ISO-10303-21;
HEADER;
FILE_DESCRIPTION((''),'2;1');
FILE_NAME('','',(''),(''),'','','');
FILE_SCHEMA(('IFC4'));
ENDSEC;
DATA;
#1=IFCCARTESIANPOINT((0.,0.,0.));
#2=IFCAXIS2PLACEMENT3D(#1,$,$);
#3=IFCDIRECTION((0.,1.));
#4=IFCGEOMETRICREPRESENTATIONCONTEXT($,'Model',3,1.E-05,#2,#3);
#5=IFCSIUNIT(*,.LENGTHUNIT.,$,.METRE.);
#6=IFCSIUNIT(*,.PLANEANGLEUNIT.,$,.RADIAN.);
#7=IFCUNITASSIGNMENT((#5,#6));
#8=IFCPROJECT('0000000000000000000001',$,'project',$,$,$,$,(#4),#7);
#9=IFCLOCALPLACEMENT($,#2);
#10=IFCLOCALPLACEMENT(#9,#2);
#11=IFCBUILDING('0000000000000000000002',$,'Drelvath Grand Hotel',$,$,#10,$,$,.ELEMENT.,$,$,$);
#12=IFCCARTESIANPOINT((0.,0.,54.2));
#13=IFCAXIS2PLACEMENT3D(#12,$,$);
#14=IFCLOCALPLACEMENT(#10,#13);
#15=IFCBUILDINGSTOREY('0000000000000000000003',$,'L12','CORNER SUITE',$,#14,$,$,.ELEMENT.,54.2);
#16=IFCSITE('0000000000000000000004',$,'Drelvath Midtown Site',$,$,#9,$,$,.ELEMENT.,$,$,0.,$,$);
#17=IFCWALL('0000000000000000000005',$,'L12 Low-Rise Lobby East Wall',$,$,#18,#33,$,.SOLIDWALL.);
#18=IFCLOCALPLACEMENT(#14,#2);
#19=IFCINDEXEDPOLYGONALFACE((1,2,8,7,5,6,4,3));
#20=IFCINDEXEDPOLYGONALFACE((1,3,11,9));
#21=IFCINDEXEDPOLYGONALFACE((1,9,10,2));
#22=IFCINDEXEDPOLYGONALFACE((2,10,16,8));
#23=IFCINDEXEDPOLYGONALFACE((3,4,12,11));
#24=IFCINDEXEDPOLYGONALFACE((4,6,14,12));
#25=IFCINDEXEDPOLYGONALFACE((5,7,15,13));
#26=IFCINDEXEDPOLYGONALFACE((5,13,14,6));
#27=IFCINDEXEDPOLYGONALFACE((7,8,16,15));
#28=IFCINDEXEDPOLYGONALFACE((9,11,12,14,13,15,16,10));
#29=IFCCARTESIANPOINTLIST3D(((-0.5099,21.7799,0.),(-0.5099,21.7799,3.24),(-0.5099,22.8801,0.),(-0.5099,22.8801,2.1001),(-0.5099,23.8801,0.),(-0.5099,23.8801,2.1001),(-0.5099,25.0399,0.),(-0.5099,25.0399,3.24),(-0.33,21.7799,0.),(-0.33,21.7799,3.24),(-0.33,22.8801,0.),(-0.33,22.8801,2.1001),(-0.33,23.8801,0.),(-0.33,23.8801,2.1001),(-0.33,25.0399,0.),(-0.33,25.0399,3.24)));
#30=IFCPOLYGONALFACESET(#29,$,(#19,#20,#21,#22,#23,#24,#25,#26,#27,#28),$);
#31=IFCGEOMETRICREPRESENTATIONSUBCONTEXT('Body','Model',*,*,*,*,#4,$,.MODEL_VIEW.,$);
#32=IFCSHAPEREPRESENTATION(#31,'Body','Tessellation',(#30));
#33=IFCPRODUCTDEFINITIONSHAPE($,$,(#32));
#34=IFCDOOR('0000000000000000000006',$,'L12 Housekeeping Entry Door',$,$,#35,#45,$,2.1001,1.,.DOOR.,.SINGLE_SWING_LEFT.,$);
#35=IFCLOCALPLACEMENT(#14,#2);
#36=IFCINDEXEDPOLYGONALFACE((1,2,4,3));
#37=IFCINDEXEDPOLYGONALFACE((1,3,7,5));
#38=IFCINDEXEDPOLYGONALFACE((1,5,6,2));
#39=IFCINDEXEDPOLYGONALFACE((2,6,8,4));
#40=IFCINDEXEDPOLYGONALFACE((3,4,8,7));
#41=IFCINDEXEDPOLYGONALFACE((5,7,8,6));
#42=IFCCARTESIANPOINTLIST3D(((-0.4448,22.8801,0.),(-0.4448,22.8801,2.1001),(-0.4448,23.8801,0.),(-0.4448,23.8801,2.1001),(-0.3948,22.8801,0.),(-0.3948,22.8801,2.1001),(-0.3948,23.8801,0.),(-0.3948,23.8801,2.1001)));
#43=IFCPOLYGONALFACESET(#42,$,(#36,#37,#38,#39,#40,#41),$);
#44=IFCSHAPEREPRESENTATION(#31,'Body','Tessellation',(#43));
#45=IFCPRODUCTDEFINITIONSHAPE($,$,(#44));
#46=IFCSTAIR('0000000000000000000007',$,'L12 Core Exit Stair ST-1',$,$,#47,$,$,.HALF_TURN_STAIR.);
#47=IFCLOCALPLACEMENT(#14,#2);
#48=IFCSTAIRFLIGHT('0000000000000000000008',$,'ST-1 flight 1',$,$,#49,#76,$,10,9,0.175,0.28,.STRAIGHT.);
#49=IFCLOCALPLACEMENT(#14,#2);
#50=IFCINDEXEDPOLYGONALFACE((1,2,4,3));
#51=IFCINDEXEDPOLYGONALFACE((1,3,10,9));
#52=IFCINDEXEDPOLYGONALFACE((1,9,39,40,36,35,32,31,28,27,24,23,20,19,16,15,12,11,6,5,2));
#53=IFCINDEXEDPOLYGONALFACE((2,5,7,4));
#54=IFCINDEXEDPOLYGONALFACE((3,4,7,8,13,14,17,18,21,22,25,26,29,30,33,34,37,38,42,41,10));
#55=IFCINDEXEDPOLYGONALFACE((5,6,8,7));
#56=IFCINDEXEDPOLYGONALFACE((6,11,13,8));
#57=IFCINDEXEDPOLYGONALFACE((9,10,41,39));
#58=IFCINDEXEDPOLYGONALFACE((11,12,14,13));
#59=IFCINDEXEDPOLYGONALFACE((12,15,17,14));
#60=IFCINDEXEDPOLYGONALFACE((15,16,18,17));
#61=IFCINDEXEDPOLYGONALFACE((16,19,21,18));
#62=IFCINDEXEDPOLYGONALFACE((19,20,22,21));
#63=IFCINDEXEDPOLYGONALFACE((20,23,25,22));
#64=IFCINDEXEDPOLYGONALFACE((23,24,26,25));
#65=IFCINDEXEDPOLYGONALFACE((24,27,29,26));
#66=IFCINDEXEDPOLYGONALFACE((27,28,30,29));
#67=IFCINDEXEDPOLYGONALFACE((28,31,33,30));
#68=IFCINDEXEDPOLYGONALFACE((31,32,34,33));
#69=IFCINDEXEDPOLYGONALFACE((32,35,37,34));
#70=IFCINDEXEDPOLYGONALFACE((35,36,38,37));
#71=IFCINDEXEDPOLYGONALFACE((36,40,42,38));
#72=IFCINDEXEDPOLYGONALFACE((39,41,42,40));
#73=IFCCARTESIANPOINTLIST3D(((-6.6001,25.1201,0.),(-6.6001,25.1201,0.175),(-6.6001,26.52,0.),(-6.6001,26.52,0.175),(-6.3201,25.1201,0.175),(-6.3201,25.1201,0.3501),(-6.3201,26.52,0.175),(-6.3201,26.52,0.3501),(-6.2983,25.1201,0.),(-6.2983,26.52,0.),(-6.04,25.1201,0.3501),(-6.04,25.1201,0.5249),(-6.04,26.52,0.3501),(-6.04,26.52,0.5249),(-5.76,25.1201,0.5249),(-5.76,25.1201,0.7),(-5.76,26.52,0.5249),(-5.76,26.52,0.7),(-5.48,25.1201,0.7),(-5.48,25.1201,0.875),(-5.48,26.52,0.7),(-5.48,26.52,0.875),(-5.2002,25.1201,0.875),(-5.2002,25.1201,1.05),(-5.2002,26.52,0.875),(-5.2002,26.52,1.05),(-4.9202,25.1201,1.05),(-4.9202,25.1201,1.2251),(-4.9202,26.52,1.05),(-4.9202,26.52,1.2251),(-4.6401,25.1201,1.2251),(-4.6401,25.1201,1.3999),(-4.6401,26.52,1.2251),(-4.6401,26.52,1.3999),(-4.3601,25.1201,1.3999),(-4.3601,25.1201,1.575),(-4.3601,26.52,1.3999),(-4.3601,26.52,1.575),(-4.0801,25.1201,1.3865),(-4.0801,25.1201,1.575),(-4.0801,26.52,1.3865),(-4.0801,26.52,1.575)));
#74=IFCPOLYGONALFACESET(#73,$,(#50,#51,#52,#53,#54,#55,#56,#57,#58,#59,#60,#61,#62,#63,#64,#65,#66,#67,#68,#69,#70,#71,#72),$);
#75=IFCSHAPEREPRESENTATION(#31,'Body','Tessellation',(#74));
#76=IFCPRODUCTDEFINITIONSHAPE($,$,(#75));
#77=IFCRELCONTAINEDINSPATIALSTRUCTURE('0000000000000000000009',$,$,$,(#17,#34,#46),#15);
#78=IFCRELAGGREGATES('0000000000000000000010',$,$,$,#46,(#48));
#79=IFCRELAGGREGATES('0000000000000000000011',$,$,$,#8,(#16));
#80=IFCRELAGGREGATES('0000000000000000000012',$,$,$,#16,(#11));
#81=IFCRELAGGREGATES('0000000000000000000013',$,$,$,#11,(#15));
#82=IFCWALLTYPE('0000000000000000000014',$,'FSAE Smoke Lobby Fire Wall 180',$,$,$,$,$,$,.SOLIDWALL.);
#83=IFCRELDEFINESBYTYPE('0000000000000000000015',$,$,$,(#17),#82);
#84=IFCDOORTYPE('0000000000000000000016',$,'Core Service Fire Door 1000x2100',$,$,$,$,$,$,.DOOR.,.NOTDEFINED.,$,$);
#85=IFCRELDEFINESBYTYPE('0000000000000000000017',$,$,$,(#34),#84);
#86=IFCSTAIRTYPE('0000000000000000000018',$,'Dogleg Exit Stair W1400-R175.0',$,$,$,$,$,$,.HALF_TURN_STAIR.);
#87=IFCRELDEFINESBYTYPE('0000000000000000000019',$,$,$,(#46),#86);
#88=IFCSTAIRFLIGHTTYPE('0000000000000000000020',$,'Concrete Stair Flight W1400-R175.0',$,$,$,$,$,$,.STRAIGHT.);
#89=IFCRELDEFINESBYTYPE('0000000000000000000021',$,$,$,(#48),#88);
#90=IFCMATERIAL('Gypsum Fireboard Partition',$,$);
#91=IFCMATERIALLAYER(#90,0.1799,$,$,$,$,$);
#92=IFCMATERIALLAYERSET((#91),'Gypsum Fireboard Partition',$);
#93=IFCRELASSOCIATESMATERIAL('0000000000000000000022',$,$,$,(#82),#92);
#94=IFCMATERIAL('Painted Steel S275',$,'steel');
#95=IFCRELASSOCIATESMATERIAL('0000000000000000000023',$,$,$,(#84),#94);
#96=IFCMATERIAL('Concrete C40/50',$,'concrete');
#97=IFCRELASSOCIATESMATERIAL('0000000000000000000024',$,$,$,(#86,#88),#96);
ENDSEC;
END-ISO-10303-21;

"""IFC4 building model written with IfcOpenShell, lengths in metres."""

from ifc_helpers import new_model, si_unit, direction, frame, frame_2d, origin, place, context, subcontext, project, spatial, polyline, rectangle, outline, extrude, material, layer, layer_set, type_object, element, fill, aggregate, save


model = new_model("IFC4")

# Units and contexts
model_context = context("Model", 3, precision=1e-05, world=origin(), true_north=direction((0.0, 1.0)))
body_context = subcontext(model_context, "Body", "Model", "MODEL_VIEW")
ifc_project = project(units=[si_unit("LENGTHUNIT", "METRE"), si_unit("PLANEANGLEUNIT", "RADIAN")], contexts=[model_context])

# Site, building, storey
site_placement = place(None, origin())
site = spatial("IfcSite", under=ifc_project, at=site_placement, Name="Drelvath Midtown Site", CompositionType="ELEMENT", RefElevation=0.0)
building_placement = place(site_placement, origin())
building = spatial("IfcBuilding", under=site, at=building_placement, Name="Drelvath Grand Hotel", CompositionType="ELEMENT")
storey_placement = place(building_placement, frame((0.0, 0.0, 54.2)))
storey = spatial("IfcBuildingStorey", under=building, at=storey_placement, Name="L12", Description="CORNER SUITE", CompositionType="ELEMENT", Elevation=54.2)

# Shared definitions
ifc_material_1 = material(Name="Concrete C40/50", Category="concrete")

# Shared definitions
ifc_material_2 = material(Name="Gypsum Fireboard Partition")

# Wall, opening, door
ifc_layer_1 = layer(ifc_material_2, 0.1799)
ifc_layer_set_1 = layer_set([ifc_layer_1], Name="Gypsum Fireboard Partition")
wall_type_1 = type_object("IfcWallType", Name="FSAE Smoke Lobby Fire Wall 180", PredefinedType="SOLIDWALL", material=ifc_layer_set_1)
wall_1_placement = place(storey_placement, frame((-0.4199, 21.78, 0.0), z_axis=(0.0, 0.0, 1.0), x_axis=(0.0, 1.0, 0.0)))
wall_1 = element("IfcWall", 1, at=wall_1_placement, inside=storey, type_object=wall_type_1, Name="L12 Low-Rise Lobby East Wall", PredefinedType="SOLIDWALL", context=body_context, shape_type="SweptSolid", body=[
    extrude(rectangle(XDim=3.26, YDim=0.1799, at=frame_2d((1.6299, 0.0))), origin(), (0.0, 0.0, 1.0), 3.24),
])
opening_1_placement = place(wall_1_placement, frame((1.1001, 0.0, 0.0)))
opening_1 = element("IfcOpeningElement", 2, at=opening_1_placement, cuts=wall_1, PredefinedType="OPENING", context=body_context, shape_type="SweptSolid", body=[
    extrude(rectangle(XDim=1.0, YDim=2.1001, at=frame_2d((0.5, 1.05))), frame((0.0, 0.0999, 0.0), z_axis=(0.0, -1.0, 0.0), x_axis=(1.0, 0.0, 0.0)), (0.0, 0.0, 1.0), 0.2),
])
ifc_material_3 = material(Name="Painted Steel S275", Category="steel")
door_type_1 = type_object("IfcDoorType", Name="Core Service Fire Door 1000x2100", OperationType="NOTDEFINED", PredefinedType="DOOR", material=ifc_material_3)
door_1_placement = place(opening_1_placement, origin())
door_1 = element("IfcDoor", 3, at=door_1_placement, inside=storey, type_object=door_type_1, Name="L12 Housekeeping Entry Door", OperationType="SINGLE_SWING_LEFT", OverallHeight=2.1001, OverallWidth=1.0, PredefinedType="DOOR", context=body_context, shape_type="SweptSolid", body=[
    extrude(rectangle(XDim=1.0, YDim=2.1001, at=frame_2d((0.5, 1.05))), frame((0.0, 0.0249, 0.0), z_axis=(0.0, -1.0, 0.0), x_axis=(1.0, 0.0, 0.0)), (0.0, 0.0, 1.0), 0.05),
])
fill(opening_1, door_1)

# Stair, stair flight
stair_type = type_object("IfcStairType", Name="Dogleg Exit Stair W1400-R175.0", PredefinedType="HALF_TURN_STAIR", material=ifc_material_1)
stair_placement = place(storey_placement, origin())
stair = element("IfcStair", 4, at=stair_placement, inside=storey, type_object=stair_type, Name="L12 Core Exit Stair ST-1", PredefinedType="HALF_TURN_STAIR")
stair_flight_type = type_object("IfcStairFlightType", Name="Concrete Stair Flight W1400-R175.0", PredefinedType="STRAIGHT", material=ifc_material_1)
stair_flight_placement = place(storey_placement, frame((-6.6001, 25.8201, 0.0), z_axis=(0.0, 0.0, 1.0), x_axis=(1.0, 0.0, 0.0)))
stair_flight = element("IfcStairFlight", 5, at=stair_flight_placement, type_object=stair_flight_type, Name="ST-1 flight 1", NumberOfRisers=10, NumberOfTreads=9, PredefinedType="STRAIGHT", RiserHeight=0.175, TreadLength=0.28, context=body_context, shape_type="SweptSolid", body=[
    extrude(outline(polyline([(0.0, 0.0), (0.0, 0.175), (0.28, 0.175), (0.28, 0.3501), (0.5601, 0.3501), (0.5601, 0.5249), (0.8401, 0.5249), (0.8401, 0.7), (1.1201, 0.7), (1.1201, 0.875), (1.3999, 0.875), (1.3999, 1.05), (1.6799, 1.05), (1.6799, 1.2251), (1.96, 1.2251), (1.96, 1.3999), (2.24, 1.3999), (2.24, 1.575), (2.52, 1.575), (2.52, 1.75), (2.52, 1.3865), (0.3018, 0.0), (0.0, 0.0)])), frame((0.0, 0.7, 0.0), z_axis=(0.0, -1.0, 0.0), x_axis=(1.0, 0.0, 0.0)), (0.0, 0.0, 1.0), 1.3999),
])
aggregate(stair, [stair_flight])

save(model, "model.ifc")
